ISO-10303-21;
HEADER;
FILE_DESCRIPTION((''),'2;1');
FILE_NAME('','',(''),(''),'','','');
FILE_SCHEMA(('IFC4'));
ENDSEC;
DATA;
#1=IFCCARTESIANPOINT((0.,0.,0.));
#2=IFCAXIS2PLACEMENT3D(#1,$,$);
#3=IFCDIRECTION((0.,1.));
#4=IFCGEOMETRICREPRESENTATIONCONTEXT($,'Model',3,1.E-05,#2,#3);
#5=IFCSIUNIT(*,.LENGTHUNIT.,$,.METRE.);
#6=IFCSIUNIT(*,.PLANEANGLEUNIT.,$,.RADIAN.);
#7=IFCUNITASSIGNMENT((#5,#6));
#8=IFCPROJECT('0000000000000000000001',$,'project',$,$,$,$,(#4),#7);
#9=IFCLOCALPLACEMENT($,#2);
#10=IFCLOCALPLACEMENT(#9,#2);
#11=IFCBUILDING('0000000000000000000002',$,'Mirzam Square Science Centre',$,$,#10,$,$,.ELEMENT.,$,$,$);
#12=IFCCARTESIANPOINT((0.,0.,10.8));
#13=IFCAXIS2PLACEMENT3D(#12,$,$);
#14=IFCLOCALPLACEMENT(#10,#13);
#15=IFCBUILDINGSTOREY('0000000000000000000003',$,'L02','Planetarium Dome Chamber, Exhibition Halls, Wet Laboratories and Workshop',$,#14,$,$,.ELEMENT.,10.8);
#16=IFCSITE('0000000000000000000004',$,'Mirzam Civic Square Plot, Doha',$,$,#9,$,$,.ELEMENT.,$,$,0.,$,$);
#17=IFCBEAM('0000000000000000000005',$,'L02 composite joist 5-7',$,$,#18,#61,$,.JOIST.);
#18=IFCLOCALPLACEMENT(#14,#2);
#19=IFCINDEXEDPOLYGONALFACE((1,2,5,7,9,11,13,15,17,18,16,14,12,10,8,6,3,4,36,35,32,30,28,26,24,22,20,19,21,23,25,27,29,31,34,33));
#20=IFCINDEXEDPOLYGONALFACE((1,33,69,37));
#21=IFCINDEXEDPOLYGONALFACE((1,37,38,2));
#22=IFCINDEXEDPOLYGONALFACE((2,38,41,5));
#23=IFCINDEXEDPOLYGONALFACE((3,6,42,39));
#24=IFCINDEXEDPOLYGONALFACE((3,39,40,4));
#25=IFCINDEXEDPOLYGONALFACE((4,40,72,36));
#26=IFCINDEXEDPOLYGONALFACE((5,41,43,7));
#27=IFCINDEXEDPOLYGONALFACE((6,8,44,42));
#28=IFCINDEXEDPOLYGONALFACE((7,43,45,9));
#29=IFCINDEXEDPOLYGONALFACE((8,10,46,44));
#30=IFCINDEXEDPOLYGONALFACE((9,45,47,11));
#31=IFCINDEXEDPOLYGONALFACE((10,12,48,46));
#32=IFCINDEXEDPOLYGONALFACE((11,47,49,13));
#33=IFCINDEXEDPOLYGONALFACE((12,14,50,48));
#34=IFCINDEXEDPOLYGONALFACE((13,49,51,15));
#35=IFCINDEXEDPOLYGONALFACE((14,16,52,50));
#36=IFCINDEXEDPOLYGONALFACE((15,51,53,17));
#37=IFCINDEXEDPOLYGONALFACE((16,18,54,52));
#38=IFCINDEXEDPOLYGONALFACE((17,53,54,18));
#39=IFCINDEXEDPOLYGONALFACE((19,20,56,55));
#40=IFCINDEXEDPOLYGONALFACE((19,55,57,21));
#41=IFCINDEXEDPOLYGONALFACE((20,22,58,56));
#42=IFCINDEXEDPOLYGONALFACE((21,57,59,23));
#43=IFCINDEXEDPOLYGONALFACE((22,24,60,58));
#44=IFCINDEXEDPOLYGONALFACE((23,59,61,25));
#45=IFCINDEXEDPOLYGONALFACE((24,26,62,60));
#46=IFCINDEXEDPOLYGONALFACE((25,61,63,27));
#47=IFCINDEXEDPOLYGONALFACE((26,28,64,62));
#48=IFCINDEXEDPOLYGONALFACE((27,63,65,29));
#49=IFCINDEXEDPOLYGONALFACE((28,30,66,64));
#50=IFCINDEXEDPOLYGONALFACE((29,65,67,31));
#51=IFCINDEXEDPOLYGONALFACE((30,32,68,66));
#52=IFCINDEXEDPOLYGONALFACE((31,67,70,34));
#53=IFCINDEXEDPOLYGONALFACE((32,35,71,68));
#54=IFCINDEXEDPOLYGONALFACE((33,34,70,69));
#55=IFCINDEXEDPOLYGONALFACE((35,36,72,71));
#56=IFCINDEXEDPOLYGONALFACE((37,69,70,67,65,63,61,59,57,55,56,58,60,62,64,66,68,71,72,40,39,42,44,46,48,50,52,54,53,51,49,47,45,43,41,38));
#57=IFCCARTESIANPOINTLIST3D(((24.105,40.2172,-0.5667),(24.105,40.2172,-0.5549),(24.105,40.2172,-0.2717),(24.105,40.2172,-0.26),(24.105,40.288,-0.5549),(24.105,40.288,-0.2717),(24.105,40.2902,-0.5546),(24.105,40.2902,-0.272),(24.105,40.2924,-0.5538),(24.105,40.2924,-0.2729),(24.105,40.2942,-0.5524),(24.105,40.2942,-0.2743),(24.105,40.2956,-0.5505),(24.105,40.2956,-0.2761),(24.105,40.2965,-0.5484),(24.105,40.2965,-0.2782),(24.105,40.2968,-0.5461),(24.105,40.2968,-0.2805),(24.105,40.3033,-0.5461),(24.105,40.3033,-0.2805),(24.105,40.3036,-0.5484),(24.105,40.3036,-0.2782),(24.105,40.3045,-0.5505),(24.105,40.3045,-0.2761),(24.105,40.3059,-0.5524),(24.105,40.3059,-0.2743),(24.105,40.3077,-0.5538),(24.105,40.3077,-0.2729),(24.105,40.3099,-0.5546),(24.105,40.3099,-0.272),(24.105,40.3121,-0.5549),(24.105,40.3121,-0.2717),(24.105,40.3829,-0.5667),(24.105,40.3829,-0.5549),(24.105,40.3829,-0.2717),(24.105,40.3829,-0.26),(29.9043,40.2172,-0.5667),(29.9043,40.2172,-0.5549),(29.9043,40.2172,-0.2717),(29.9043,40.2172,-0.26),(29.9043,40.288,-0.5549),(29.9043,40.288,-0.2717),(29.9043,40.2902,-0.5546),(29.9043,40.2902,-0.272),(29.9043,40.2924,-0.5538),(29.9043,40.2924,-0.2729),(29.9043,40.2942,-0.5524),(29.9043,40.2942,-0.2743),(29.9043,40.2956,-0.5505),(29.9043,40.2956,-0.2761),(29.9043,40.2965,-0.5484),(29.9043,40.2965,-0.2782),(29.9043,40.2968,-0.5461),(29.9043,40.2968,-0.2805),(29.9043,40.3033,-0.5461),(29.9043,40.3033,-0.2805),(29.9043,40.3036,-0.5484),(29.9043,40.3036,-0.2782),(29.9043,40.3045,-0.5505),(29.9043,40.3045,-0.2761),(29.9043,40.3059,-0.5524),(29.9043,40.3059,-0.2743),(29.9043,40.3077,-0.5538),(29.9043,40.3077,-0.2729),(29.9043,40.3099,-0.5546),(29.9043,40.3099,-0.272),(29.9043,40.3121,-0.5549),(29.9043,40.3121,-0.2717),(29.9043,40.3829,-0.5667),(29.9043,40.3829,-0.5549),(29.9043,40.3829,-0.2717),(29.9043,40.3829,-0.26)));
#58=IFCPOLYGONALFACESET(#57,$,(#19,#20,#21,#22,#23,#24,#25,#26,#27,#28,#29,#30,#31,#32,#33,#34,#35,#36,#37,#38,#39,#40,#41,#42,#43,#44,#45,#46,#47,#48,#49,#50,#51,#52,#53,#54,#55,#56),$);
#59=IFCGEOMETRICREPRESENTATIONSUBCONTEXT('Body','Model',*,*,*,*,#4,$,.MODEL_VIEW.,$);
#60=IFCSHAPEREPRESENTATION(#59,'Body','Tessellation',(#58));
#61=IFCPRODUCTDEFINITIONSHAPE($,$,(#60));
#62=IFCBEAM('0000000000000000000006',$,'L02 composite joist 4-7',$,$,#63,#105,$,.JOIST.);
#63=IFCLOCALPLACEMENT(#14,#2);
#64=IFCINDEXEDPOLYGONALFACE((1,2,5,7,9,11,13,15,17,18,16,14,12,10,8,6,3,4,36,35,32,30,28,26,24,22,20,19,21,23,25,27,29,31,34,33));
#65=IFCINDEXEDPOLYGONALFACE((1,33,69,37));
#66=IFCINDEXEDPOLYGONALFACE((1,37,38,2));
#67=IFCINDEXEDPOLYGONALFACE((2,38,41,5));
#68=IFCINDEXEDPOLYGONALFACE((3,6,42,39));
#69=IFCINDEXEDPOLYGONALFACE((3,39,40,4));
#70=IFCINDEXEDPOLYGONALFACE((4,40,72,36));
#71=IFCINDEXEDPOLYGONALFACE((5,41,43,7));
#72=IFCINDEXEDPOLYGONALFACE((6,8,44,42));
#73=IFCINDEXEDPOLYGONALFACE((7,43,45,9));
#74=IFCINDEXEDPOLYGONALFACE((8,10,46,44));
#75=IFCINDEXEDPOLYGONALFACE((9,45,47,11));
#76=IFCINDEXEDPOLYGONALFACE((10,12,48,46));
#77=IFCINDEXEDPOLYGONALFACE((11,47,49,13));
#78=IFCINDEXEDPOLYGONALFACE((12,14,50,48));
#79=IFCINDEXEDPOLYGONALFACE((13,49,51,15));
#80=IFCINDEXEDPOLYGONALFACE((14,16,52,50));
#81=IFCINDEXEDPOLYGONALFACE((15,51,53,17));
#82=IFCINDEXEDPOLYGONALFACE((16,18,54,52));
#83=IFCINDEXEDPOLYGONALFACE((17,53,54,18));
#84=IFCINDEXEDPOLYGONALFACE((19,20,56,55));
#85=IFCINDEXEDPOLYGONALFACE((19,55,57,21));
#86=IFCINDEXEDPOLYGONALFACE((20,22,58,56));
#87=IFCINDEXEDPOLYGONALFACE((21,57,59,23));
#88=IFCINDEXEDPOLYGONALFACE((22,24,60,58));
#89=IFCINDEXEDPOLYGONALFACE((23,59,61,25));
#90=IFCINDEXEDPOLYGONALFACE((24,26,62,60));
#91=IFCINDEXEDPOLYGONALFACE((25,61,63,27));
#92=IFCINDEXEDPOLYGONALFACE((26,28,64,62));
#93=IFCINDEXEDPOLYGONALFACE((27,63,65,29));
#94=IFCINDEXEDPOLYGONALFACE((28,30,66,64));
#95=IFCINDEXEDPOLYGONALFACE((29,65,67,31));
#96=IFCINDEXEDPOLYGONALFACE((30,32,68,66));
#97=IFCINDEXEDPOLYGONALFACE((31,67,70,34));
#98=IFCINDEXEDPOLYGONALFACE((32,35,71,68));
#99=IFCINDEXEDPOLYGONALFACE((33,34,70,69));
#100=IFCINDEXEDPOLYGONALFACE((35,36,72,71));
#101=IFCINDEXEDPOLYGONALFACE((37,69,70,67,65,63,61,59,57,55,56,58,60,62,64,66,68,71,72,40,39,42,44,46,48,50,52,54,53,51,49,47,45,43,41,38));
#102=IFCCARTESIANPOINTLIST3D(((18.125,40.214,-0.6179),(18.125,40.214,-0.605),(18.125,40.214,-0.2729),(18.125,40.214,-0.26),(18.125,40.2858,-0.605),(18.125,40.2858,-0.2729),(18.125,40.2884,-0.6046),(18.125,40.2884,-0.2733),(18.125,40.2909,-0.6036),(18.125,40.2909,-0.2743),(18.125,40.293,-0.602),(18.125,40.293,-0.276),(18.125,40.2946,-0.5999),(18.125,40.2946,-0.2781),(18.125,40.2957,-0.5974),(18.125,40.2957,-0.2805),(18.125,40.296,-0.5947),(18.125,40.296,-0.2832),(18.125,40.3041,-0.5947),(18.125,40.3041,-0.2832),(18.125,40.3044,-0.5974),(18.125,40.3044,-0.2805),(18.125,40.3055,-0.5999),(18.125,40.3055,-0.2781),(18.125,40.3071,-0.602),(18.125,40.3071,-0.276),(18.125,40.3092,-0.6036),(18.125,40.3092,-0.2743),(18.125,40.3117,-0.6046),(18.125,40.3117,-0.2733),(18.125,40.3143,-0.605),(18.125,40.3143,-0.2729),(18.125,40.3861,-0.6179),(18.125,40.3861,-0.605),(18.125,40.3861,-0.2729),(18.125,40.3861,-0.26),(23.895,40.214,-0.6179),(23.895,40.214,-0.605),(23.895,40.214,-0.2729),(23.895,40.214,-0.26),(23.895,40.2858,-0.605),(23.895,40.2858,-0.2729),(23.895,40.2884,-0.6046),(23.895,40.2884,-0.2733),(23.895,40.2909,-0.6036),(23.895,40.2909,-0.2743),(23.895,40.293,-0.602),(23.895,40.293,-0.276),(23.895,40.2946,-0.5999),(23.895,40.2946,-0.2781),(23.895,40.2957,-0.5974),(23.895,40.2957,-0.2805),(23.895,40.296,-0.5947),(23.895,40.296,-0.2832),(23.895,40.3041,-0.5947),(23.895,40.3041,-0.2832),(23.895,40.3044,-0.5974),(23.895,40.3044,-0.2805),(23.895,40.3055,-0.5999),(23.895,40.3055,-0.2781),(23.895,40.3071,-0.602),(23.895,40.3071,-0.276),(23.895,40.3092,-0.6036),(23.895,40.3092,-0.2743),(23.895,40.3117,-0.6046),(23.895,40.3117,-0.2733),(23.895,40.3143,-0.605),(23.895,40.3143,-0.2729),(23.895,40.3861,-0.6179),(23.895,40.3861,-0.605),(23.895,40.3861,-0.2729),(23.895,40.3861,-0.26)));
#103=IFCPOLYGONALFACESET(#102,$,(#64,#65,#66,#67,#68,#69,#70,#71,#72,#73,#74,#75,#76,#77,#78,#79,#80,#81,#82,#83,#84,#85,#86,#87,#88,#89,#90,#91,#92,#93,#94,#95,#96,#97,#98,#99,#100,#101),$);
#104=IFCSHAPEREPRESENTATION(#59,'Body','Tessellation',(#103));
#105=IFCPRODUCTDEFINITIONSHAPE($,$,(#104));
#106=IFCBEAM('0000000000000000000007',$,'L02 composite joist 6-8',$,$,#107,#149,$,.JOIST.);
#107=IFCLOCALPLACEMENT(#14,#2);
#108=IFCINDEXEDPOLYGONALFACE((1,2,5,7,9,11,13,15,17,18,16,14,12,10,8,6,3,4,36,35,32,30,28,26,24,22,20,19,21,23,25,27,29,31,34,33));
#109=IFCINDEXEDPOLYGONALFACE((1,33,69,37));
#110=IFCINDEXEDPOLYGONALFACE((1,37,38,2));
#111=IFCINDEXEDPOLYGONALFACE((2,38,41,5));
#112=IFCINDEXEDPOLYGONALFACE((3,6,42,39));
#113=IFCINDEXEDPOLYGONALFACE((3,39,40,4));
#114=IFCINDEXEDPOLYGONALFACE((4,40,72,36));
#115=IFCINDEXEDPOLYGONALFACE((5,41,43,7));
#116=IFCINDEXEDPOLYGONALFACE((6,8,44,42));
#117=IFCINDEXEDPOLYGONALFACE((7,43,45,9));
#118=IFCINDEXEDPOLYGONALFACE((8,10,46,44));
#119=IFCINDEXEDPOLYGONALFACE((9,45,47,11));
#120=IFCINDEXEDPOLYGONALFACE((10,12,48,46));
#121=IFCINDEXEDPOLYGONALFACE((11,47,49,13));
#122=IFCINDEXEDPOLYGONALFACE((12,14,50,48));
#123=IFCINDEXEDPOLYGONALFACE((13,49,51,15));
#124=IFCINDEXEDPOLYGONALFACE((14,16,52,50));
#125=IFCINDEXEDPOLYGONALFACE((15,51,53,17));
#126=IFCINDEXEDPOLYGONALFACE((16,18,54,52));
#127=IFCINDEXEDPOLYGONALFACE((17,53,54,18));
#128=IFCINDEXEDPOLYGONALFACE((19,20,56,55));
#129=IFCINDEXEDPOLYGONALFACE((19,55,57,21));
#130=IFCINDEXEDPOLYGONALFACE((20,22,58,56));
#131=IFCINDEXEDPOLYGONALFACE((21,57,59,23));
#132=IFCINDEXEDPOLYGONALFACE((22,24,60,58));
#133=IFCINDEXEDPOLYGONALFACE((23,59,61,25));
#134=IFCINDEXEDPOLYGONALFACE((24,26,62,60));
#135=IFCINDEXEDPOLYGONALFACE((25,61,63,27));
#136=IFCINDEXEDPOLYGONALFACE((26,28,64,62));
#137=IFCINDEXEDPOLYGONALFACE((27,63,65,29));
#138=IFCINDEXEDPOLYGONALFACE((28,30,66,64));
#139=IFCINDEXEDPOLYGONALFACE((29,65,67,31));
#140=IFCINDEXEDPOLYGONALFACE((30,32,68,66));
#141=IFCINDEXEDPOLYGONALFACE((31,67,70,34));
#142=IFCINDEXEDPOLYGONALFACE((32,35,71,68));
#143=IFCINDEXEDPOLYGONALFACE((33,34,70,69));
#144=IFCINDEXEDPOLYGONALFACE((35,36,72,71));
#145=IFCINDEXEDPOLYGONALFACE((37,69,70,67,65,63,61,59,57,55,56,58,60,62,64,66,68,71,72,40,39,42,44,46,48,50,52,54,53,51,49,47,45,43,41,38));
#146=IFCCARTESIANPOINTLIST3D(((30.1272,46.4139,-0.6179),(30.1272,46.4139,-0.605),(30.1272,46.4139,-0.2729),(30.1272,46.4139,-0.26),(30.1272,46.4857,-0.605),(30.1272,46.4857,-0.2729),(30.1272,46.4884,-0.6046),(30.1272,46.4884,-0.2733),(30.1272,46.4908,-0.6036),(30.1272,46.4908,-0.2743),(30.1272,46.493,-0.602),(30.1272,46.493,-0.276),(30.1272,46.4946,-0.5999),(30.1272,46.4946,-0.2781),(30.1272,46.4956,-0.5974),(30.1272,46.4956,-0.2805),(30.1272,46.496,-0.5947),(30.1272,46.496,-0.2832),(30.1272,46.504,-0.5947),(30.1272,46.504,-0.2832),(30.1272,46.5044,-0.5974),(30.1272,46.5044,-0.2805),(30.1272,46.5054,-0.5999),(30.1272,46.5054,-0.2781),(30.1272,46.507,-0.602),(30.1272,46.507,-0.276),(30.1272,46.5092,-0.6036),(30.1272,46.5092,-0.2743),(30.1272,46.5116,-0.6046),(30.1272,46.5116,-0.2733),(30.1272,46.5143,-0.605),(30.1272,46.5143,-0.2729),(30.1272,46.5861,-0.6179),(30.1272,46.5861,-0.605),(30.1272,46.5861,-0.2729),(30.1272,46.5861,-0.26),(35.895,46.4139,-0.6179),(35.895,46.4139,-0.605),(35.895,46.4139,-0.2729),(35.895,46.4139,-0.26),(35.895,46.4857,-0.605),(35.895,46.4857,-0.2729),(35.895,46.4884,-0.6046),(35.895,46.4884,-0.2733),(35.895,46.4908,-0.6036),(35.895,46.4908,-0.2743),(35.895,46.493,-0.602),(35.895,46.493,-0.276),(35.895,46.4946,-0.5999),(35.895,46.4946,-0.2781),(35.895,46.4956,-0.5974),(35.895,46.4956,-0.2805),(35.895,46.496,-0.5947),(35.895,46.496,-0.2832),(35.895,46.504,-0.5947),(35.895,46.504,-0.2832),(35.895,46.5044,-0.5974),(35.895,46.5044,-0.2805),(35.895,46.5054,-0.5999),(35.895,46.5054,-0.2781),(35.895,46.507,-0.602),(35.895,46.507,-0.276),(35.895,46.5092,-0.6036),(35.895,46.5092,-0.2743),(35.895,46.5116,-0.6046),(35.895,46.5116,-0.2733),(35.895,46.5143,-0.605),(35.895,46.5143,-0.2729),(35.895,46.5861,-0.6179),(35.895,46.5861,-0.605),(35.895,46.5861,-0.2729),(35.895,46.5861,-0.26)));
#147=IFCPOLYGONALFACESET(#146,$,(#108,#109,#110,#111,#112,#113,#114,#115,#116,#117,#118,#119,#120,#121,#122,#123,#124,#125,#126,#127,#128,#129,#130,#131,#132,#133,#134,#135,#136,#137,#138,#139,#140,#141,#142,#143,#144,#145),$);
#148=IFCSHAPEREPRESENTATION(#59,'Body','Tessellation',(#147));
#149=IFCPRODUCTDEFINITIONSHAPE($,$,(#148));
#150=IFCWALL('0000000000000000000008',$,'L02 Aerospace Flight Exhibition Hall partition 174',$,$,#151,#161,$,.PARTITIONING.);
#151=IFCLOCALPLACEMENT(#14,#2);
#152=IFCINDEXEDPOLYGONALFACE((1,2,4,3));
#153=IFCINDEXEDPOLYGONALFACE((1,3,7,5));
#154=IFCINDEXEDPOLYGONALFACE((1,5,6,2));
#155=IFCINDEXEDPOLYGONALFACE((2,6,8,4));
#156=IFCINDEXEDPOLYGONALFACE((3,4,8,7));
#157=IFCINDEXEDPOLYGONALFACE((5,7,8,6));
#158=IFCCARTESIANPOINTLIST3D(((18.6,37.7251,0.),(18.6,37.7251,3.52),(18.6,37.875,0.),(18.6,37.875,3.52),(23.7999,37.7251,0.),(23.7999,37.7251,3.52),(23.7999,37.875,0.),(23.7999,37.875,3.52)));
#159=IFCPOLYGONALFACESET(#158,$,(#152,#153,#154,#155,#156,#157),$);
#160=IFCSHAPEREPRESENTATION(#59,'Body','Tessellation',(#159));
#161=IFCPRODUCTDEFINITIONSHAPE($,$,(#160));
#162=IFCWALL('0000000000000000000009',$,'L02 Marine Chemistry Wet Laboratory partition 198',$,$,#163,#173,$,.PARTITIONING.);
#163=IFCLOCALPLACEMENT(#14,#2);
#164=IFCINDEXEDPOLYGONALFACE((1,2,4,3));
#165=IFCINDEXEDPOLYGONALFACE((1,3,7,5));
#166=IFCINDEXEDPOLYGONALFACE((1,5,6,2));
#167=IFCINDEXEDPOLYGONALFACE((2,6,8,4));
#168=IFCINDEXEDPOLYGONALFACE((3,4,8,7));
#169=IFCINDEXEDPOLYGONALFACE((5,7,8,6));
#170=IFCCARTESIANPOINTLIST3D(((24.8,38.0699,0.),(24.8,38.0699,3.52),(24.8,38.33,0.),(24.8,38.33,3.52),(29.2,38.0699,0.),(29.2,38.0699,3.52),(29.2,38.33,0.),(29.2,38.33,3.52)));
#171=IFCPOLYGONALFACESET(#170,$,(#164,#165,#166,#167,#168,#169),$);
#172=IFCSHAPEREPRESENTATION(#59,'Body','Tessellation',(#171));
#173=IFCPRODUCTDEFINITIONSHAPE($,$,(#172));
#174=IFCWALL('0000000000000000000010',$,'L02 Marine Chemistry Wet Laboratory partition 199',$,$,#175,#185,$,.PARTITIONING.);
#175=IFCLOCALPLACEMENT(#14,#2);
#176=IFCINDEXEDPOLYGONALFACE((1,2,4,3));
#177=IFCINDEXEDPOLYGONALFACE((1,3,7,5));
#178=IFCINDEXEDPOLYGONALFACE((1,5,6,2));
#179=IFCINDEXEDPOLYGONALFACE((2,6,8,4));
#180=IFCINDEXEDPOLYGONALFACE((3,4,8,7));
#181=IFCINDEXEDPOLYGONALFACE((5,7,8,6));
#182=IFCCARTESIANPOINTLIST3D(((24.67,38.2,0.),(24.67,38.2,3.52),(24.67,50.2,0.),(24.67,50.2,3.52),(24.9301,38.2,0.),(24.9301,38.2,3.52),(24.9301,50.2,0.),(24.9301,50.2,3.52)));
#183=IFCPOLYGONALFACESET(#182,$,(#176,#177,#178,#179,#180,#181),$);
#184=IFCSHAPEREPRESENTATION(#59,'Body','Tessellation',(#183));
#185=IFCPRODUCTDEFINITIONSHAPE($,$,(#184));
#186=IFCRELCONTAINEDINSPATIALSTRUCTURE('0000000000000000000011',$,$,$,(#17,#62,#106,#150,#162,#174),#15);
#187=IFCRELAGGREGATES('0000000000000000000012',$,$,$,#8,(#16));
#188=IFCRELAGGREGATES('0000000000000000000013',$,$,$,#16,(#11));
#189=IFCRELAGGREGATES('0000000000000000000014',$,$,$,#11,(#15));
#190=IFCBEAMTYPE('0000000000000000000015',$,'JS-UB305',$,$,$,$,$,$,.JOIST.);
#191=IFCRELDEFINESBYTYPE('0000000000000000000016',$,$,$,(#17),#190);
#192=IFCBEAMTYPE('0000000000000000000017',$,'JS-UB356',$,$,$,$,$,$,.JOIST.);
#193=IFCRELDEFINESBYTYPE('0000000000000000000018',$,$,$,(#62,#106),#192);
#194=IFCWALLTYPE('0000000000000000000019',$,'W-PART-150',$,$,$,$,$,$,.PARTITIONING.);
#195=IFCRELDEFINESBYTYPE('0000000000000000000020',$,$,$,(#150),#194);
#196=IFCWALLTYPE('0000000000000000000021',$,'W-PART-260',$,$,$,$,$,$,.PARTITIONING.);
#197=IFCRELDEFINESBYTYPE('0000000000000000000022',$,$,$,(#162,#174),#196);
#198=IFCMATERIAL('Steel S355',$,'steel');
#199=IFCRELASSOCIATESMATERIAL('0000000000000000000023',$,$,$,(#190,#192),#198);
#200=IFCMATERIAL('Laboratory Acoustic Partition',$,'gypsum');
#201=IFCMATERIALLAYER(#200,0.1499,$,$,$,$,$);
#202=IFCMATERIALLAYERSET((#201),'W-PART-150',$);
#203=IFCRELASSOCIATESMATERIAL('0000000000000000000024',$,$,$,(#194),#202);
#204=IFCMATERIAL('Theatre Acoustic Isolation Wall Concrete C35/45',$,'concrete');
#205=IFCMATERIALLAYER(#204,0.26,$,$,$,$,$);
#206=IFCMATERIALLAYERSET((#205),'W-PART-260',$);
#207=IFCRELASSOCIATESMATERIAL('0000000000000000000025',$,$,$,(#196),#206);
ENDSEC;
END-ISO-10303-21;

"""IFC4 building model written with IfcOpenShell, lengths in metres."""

from ifc_helpers import new_model, si_unit, direction, frame, frame_2d, origin, origin_2d, place, context, subcontext, project, spatial, rectangle, i_section, extrude, material, layer, layer_set, material_profile, profile_set, type_object, element, save


model = new_model("IFC4")

# Units and contexts
model_context = context("Model", 3, precision=1e-05, world=origin(), true_north=direction((0.0, 1.0)))
body_context = subcontext(model_context, "Body", "Model", "MODEL_VIEW")
ifc_project = project(units=[si_unit("LENGTHUNIT", "METRE"), si_unit("PLANEANGLEUNIT", "RADIAN")], contexts=[model_context])

# Site, building, storey
site_placement = place(None, origin())
site = spatial("IfcSite", under=ifc_project, at=site_placement, Name="Mirzam Civic Square Plot, Doha", CompositionType="ELEMENT", RefElevation=0.0)
building_placement = place(site_placement, origin())
building = spatial("IfcBuilding", under=site, at=building_placement, Name="Mirzam Square Science Centre", CompositionType="ELEMENT")
storey_placement = place(building_placement, frame((0.0, 0.0, 10.8)))
storey = spatial("IfcBuildingStorey", under=building, at=storey_placement, Name="L02", Description="Planetarium Dome Chamber, Exhibition Halls, Wet Laboratories and Workshop", CompositionType="ELEMENT", Elevation=10.8)

# Shared definitions
ifc_material_1 = material(Name="Steel S355", Category="steel")

# Beams
ifc_material_profile_1 = material_profile(ifc_material_1, i_section(OverallWidth=0.1658, OverallDepth=0.3066, WebThickness=0.0066, FlangeThickness=0.0117, FilletRadius=0.0088, at=origin_2d()), Name="305x165x46UB")
ifc_profile_set_1 = profile_set([ifc_material_profile_1], Name="Steel S355")
beam_type_1 = type_object("IfcBeamType", Name="JS-UB305", PredefinedType="JOIST", material=ifc_profile_set_1)
beam_1_placement = place(storey_placement, frame((24.105, 40.3, -0.4133), z_axis=(1.0, 0.0, 0.0), x_axis=(0.0, 1.0, 0.0)))
element("IfcBeam", 1, at=beam_1_placement, inside=storey, type_object=beam_type_1, Name="L02 composite joist 5-7", PredefinedType="JOIST", context=body_context, shape_type="SweptSolid", body=[
    extrude(i_section(OverallWidth=0.1658, OverallDepth=0.3066, WebThickness=0.0066, FlangeThickness=0.0117, FilletRadius=0.0088, at=origin_2d()), origin(), (0.0, 0.0, 1.0), 5.7993),
])
ifc_material_profile_2 = material_profile(ifc_material_1, i_section(OverallWidth=0.1721, OverallDepth=0.3579, WebThickness=0.0081, FlangeThickness=0.0129, FilletRadius=0.0103, at=origin_2d()), Name="356x171x57UB")
ifc_profile_set_2 = profile_set([ifc_material_profile_2], Name="Steel S355")
beam_type_2 = type_object("IfcBeamType", Name="JS-UB356", PredefinedType="JOIST", material=ifc_profile_set_2)
beam_2_placement = place(storey_placement, frame((18.125, 40.3, -0.439), z_axis=(1.0, 0.0, 0.0), x_axis=(0.0, 1.0, 0.0)))
element("IfcBeam", 2, at=beam_2_placement, inside=storey, type_object=beam_type_2, Name="L02 composite joist 4-7", PredefinedType="JOIST", context=body_context, shape_type="SweptSolid", body=[
    extrude(i_section(OverallWidth=0.1721, OverallDepth=0.3579, WebThickness=0.0081, FlangeThickness=0.0129, FilletRadius=0.0103, at=origin_2d()), origin(), (0.0, 0.0, 1.0), 5.77),
])
beam_3_placement = place(storey_placement, frame((30.1272, 46.5, -0.439), z_axis=(1.0, 0.0, 0.0), x_axis=(0.0, 1.0, 0.0)))
element("IfcBeam", 3, at=beam_3_placement, inside=storey, type_object=beam_type_2, Name="L02 composite joist 6-8", PredefinedType="JOIST", context=body_context, shape_type="SweptSolid", body=[
    extrude(i_section(OverallWidth=0.1721, OverallDepth=0.3579, WebThickness=0.0081, FlangeThickness=0.0129, FilletRadius=0.0103, at=origin_2d()), origin(), (0.0, 0.0, 1.0), 5.7678),
])

# Walls
ifc_material_2 = material(Name="Laboratory Acoustic Partition", Category="gypsum")
ifc_layer_1 = layer(ifc_material_2, 0.1499)
ifc_layer_set_1 = layer_set([ifc_layer_1], Name="W-PART-150")
wall_type_1 = type_object("IfcWallType", Name="W-PART-150", PredefinedType="PARTITIONING", material=ifc_layer_set_1)
wall_1_placement = place(storey_placement, frame((23.8, 37.8, 0.0), z_axis=(0.0, 0.0, 1.0), x_axis=(-1.0, 0.0, 0.0)))
element("IfcWall", 4, at=wall_1_placement, inside=storey, type_object=wall_type_1, Name="L02 Aerospace Flight Exhibition Hall partition 174", PredefinedType="PARTITIONING", context=body_context, shape_type="SweptSolid", body=[
    extrude(rectangle(XDim=5.2, YDim=0.1499, at=frame_2d((2.6001, 0.0))), origin(), (0.0, 0.0, 1.0), 3.52),
])
ifc_material_3 = material(Name="Theatre Acoustic Isolation Wall Concrete C35/45", Category="concrete")
ifc_layer_2 = layer(ifc_material_3, 0.26)
ifc_layer_set_2 = layer_set([ifc_layer_2], Name="W-PART-260")
wall_type_2 = type_object("IfcWallType", Name="W-PART-260", PredefinedType="PARTITIONING", material=ifc_layer_set_2)
wall_2_placement = place(storey_placement, frame((29.2, 38.2, 0.0), z_axis=(0.0, 0.0, 1.0), x_axis=(-1.0, 0.0, 0.0)))
element("IfcWall", 5, at=wall_2_placement, inside=storey, type_object=wall_type_2, Name="L02 Marine Chemistry Wet Laboratory partition 198", PredefinedType="PARTITIONING", context=body_context, shape_type="SweptSolid", body=[
    extrude(rectangle(XDim=4.3999, YDim=0.26, at=frame_2d((2.2, 0.0))), origin(), (0.0, 0.0, 1.0), 3.52),
])
wall_3_placement = place(storey_placement, frame((24.8, 38.2, 0.0), z_axis=(0.0, 0.0, 1.0), x_axis=(0.0, 1.0, 0.0)))
element("IfcWall", 6, at=wall_3_placement, inside=storey, type_object=wall_type_2, Name="L02 Marine Chemistry Wet Laboratory partition 199", PredefinedType="PARTITIONING", context=body_context, shape_type="SweptSolid", body=[
    extrude(rectangle(XDim=12.0, YDim=0.26, at=frame_2d((6.0, 0.0))), origin(), (0.0, 0.0, 1.0), 3.52),
])

save(model, "model.ifc")
